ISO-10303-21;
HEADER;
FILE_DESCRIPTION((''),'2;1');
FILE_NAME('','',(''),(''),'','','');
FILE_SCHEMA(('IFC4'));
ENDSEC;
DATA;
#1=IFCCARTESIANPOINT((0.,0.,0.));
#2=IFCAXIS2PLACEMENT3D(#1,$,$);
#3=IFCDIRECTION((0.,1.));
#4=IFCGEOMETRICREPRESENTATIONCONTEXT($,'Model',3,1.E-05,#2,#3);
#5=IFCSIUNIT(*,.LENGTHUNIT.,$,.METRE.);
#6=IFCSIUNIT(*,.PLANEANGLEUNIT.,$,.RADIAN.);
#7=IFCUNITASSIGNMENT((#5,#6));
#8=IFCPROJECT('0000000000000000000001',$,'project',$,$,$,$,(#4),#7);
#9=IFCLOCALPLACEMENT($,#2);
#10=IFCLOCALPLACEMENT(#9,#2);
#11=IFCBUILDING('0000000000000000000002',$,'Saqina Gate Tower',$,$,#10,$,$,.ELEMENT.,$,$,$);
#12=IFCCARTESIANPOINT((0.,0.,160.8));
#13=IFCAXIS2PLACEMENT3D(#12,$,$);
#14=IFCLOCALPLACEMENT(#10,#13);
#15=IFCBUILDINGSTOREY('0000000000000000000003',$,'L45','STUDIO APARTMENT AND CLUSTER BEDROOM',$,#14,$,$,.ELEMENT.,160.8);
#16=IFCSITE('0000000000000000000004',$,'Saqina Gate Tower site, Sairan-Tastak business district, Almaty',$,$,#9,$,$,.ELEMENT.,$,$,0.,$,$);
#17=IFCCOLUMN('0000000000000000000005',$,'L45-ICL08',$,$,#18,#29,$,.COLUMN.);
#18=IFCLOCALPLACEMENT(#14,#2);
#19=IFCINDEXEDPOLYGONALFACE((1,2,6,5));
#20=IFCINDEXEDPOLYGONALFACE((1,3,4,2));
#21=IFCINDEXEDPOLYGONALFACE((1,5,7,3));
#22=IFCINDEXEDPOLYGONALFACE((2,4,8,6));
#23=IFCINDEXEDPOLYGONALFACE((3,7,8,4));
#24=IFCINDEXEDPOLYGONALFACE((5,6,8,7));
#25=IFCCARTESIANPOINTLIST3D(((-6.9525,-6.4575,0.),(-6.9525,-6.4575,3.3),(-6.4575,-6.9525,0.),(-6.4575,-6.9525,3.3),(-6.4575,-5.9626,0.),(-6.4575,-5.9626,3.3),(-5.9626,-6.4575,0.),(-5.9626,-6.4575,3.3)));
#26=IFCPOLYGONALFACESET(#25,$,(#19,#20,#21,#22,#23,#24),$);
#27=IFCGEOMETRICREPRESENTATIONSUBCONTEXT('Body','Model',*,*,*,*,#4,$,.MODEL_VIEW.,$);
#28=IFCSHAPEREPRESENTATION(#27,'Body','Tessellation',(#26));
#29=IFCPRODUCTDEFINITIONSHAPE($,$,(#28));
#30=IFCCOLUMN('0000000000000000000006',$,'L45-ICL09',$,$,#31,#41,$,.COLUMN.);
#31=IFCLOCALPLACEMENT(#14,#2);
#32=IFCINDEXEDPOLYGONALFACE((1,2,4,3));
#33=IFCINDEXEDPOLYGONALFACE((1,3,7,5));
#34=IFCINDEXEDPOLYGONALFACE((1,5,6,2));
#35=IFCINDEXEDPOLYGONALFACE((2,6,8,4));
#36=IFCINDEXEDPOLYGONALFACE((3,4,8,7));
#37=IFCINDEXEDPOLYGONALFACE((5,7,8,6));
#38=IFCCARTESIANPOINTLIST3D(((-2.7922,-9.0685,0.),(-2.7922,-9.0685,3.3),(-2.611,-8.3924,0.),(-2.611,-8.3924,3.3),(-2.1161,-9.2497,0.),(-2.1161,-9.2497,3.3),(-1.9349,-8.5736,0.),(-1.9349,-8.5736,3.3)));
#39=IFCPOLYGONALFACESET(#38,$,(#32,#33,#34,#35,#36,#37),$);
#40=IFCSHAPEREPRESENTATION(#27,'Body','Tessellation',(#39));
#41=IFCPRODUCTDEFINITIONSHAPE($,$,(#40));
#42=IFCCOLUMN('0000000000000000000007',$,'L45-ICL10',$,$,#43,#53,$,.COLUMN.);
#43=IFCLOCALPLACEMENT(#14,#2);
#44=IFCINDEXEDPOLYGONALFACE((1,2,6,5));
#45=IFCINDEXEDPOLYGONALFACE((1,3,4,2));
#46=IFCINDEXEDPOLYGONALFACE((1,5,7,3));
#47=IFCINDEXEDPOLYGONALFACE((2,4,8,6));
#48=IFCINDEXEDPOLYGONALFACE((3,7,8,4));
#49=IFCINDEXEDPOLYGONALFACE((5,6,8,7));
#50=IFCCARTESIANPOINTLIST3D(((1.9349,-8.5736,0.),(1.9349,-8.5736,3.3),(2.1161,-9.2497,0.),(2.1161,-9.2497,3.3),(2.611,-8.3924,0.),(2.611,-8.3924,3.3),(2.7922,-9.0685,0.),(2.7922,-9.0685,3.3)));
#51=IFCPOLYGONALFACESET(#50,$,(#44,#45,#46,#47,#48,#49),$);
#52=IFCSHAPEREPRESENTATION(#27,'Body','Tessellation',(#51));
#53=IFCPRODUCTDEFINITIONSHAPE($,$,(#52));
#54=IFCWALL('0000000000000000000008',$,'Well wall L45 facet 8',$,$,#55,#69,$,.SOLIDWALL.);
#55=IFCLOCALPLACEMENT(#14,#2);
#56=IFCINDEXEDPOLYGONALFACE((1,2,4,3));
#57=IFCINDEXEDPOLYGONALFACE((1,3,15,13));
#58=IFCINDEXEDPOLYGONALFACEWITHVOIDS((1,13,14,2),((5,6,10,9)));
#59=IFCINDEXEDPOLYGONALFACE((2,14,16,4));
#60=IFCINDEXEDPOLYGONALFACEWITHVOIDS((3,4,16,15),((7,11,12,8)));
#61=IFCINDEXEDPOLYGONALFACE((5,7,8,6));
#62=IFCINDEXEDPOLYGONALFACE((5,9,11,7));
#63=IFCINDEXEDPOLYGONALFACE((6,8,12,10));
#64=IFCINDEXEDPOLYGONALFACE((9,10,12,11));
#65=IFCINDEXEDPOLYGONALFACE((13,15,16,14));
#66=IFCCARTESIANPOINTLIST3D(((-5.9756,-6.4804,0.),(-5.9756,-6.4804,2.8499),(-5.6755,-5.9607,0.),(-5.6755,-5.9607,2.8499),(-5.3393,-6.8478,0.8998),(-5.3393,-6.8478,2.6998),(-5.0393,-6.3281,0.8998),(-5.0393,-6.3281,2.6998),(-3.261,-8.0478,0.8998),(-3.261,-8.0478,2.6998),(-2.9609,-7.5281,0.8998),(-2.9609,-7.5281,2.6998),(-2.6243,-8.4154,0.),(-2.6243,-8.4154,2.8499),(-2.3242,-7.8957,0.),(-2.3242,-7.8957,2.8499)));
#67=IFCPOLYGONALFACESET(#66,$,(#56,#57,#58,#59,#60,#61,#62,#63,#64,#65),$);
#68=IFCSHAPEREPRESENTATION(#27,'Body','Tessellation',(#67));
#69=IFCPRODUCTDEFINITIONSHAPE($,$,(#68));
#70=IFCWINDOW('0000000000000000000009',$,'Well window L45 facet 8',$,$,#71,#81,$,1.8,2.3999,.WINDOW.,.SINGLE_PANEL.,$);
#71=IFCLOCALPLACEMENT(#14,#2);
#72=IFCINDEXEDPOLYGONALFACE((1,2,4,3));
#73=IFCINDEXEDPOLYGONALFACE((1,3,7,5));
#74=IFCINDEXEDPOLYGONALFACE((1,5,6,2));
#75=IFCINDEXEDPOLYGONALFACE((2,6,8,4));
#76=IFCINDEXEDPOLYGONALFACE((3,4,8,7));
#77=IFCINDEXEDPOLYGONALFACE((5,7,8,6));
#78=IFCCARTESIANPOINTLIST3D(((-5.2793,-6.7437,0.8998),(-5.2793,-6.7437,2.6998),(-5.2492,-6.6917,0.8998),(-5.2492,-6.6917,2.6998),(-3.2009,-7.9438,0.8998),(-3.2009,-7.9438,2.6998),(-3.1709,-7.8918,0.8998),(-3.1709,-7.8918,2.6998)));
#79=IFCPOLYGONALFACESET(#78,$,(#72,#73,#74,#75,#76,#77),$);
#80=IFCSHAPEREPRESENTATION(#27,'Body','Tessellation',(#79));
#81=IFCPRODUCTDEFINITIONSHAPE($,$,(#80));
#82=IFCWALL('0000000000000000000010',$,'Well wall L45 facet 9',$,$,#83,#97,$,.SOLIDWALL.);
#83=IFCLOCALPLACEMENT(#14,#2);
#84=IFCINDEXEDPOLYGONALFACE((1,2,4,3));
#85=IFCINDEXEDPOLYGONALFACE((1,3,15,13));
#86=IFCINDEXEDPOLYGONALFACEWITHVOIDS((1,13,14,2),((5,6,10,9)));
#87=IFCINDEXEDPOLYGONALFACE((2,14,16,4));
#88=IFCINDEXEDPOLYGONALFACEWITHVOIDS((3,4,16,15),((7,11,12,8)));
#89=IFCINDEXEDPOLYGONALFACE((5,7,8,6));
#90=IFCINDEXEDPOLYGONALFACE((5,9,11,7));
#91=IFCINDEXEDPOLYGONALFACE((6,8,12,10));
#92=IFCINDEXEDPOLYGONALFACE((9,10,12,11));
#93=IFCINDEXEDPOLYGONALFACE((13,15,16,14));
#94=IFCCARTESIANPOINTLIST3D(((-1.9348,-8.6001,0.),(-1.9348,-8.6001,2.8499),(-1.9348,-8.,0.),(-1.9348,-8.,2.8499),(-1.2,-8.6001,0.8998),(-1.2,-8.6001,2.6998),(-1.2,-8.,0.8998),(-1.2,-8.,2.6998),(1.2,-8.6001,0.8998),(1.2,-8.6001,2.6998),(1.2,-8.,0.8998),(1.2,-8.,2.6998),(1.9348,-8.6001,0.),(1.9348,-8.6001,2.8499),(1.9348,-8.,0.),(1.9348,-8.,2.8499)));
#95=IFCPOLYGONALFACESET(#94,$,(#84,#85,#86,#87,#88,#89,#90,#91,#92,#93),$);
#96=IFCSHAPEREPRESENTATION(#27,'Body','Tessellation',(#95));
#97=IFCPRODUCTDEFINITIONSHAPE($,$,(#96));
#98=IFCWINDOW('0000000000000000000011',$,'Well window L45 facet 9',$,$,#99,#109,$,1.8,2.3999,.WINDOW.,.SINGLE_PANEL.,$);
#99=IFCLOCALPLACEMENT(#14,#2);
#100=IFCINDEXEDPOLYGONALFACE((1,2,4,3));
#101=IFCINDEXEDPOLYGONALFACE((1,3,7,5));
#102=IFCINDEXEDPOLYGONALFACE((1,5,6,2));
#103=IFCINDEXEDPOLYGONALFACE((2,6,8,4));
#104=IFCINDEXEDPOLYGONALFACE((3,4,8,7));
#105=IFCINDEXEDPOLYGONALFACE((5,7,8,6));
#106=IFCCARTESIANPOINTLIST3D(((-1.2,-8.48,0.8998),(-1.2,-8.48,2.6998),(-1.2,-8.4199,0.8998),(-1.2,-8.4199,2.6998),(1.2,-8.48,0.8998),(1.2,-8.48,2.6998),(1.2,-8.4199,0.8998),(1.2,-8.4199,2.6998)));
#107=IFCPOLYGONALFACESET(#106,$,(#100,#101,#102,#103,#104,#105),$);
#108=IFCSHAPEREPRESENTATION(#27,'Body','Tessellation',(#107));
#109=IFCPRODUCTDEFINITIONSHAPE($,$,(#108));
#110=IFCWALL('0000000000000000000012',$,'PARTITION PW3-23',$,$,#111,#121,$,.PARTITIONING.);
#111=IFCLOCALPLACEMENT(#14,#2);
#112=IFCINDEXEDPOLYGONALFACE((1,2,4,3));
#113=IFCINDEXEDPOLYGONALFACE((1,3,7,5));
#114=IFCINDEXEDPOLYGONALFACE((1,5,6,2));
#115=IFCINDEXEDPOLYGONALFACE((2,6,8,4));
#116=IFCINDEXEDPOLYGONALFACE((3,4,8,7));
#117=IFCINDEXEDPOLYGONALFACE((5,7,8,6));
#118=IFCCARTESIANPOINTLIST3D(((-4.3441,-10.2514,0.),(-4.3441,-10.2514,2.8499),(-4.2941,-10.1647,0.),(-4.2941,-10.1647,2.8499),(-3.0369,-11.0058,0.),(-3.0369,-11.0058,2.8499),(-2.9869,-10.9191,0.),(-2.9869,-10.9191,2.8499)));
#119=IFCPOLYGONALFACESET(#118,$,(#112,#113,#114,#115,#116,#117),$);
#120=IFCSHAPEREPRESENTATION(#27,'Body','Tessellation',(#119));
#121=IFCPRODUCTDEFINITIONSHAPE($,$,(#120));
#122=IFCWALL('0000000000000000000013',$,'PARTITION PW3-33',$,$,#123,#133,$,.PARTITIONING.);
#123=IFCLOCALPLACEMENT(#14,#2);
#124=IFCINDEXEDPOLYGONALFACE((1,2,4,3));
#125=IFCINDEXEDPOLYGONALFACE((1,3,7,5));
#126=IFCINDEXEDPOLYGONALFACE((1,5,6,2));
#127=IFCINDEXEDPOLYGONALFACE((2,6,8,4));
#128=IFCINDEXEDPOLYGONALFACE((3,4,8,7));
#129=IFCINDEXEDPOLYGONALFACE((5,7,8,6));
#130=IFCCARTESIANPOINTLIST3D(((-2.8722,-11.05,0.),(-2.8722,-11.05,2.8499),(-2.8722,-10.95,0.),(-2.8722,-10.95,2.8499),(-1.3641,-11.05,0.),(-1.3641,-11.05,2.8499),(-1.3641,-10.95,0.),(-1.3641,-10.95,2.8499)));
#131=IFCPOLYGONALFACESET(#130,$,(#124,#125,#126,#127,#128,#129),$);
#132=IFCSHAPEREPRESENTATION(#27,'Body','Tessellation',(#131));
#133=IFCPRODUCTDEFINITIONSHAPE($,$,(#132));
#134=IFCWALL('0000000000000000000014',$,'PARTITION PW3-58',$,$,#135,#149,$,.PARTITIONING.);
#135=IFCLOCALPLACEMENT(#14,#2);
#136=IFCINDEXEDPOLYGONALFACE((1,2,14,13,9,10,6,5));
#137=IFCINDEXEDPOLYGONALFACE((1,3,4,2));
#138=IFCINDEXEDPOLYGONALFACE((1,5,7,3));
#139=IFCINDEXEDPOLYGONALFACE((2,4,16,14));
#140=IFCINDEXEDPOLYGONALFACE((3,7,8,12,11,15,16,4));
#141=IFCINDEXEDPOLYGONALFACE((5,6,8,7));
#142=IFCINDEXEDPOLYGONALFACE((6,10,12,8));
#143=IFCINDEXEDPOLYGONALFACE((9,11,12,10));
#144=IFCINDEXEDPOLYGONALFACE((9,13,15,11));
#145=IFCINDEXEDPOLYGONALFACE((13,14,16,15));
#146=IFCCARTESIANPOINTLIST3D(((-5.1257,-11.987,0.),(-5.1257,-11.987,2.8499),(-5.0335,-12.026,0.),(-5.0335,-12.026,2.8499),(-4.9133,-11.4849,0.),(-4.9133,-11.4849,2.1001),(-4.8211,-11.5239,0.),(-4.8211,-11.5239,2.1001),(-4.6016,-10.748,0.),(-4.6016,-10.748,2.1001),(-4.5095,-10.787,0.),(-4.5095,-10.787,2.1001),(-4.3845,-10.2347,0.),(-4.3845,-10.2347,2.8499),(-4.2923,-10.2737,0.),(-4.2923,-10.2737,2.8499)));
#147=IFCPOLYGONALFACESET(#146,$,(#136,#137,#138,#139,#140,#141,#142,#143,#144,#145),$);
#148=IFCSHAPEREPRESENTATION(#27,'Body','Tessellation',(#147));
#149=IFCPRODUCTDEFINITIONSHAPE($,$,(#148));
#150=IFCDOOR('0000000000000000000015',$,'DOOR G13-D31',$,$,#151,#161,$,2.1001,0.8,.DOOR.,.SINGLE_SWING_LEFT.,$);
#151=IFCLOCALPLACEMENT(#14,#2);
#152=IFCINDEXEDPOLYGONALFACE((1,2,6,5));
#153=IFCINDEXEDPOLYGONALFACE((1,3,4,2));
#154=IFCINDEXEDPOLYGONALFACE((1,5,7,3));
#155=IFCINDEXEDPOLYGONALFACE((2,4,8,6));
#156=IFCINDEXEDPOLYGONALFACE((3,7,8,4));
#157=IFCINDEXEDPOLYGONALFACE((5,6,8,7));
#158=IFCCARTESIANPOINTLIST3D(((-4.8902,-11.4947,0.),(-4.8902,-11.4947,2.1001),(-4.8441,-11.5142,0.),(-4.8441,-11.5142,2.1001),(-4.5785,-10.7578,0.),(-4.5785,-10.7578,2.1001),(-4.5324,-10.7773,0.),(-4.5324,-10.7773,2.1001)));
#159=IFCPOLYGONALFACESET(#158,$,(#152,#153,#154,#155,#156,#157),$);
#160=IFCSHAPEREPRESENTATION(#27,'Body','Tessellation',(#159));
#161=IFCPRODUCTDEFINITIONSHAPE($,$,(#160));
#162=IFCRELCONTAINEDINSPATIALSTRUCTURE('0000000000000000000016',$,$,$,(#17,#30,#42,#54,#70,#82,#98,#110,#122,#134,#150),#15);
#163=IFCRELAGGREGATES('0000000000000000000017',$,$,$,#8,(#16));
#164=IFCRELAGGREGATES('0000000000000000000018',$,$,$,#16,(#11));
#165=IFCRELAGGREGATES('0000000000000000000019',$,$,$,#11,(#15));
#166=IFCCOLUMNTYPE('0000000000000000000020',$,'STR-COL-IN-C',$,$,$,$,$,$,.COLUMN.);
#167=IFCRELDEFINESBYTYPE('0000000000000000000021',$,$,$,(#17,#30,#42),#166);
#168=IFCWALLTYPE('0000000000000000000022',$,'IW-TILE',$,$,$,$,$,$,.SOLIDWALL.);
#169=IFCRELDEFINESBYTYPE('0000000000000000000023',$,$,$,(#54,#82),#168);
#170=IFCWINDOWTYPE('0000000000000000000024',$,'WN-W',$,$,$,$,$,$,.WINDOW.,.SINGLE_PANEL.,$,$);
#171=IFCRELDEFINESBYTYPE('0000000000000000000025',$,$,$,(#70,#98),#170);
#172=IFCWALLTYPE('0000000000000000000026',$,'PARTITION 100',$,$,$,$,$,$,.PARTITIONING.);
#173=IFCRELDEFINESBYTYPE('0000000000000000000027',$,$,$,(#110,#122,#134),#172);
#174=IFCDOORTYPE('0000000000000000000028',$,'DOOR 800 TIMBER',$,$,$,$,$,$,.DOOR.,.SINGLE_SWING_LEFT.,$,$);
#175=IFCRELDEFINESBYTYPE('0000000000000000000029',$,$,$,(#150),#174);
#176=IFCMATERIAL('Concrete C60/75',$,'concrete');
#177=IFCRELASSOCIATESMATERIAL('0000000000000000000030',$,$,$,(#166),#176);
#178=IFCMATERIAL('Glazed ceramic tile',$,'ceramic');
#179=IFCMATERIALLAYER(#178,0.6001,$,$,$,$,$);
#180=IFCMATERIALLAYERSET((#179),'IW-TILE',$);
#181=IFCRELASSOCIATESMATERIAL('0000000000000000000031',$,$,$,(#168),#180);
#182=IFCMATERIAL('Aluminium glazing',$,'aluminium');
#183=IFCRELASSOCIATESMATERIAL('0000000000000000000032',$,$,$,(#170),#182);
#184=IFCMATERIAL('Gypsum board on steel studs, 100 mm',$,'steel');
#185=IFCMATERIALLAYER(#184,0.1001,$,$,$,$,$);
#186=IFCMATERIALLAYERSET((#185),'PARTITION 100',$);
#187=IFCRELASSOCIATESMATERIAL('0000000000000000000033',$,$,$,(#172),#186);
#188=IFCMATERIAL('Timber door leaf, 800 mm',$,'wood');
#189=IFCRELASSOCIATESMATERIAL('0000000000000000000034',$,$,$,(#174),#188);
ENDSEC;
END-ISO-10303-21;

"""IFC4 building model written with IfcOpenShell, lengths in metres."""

from ifc_helpers import new_model, si_unit, direction, frame, frame_2d, origin, origin_2d, place, context, subcontext, project, spatial, rectangle, extrude, material, layer, layer_set, material_profile, profile_set, type_object, element, fill, save


model = new_model("IFC4")

# Units and contexts
model_context = context("Model", 3, precision=1e-05, world=origin(), true_north=direction((0.0, 1.0)))
body_context = subcontext(model_context, "Body", "Model", "MODEL_VIEW")
ifc_project = project(units=[si_unit("LENGTHUNIT", "METRE"), si_unit("PLANEANGLEUNIT", "RADIAN")], contexts=[model_context])

# Site, building, storey
site_placement = place(None, origin())
site = spatial("IfcSite", under=ifc_project, at=site_placement, Name="Saqina Gate Tower site, Sairan-Tastak business district, Almaty", CompositionType="ELEMENT", RefElevation=0.0)
building_placement = place(site_placement, origin())
building = spatial("IfcBuilding", under=site, at=building_placement, Name="Saqina Gate Tower", CompositionType="ELEMENT")
storey_placement = place(building_placement, frame((0.0, 0.0, 160.8)))
storey = spatial("IfcBuildingStorey", under=building, at=storey_placement, Name="L45", Description="STUDIO APARTMENT AND CLUSTER BEDROOM", CompositionType="ELEMENT", Elevation=160.8)

# Columns
ifc_material_1 = material(Name="Concrete C60/75", Category="concrete")
ifc_material_profile = material_profile(ifc_material_1, rectangle(XDim=0.7, YDim=0.7, at=origin_2d()), Name="RC 700x700")
ifc_profile_set = profile_set([ifc_material_profile], Name="Concrete C60/75")
column_type = type_object("IfcColumnType", Name="STR-COL-IN-C", PredefinedType="COLUMN", material=ifc_profile_set)
for number, where, z_axis, x_axis, name in (
    (1, (-6.4575, -6.4575, 0.0), (0.0, 0.0, 1.0), (-0.707107, -0.707107, 0.0), "L45-ICL08"),
    (2, (-2.3635, -8.821, 0.0), (0.0, 0.0, 1.0), (-0.258819, -0.965926, 0.0), "L45-ICL09"),
    (3, (2.3635, -8.821, 0.0), (0.0, 0.0, 1.0), (0.258819, -0.965926, 0.0), "L45-ICL10"),
):
    element("IfcColumn", number, at=place(storey_placement, frame(where, z_axis=z_axis, x_axis=x_axis)), inside=storey, type_object=column_type, Name=name, PredefinedType="COLUMN", context=body_context, shape_type="SweptSolid", body=[
        extrude(rectangle(XDim=0.7, YDim=0.7, at=origin_2d()), origin(), (0.0, 0.0, 1.0), 3.3),
    ])

# Walls, openings, windows
ifc_material_2 = material(Name="Glazed ceramic tile", Category="ceramic")
ifc_layer_1 = layer(ifc_material_2, 0.6001)
ifc_layer_set_1 = layer_set([ifc_layer_1], Name="IW-TILE")
wall_type_1 = type_object("IfcWallType", Name="IW-TILE", PredefinedType="SOLIDWALL", material=ifc_layer_set_1)
wall_1_placement = place(storey_placement, frame((-5.8257, -6.2205, 0.0), z_axis=(0.0, 0.0, 1.0), x_axis=(0.866006, -0.500034, 0.0)))
wall_1 = element("IfcWall", 4, at=wall_1_placement, inside=storey, type_object=wall_type_1, Name="Well wall L45 facet 8", PredefinedType="SOLIDWALL", context=body_context, shape_type="SweptSolid", body=[
    extrude(rectangle(XDim=3.8699, YDim=0.6001, at=frame_2d((1.9351, 0.0))), origin(), (0.0, 0.0, 1.0), 2.8499),
])
opening_1_placement = place(wall_1_placement, frame((0.7349, 0.0, 0.8999)))
opening_1 = element("IfcOpeningElement", 5, at=opening_1_placement, cuts=wall_1, PredefinedType="OPENING", context=body_context, shape_type="SweptSolid", body=[
    extrude(rectangle(XDim=2.3999, YDim=1.8, at=frame_2d((1.2, 0.8999))), frame((0.0, 0.312, 0.0), z_axis=(0.0, -1.0, 0.0), x_axis=(1.0, 0.0, 0.0)), (0.0, 0.0, 1.0), 0.624),
])
ifc_material_3 = material(Name="Aluminium glazing", Category="aluminium")
window_type = type_object("IfcWindowType", Name="WN-W", PartitioningType="SINGLE_PANEL", PredefinedType="WINDOW", material=ifc_material_3)
window_1_placement = place(opening_1_placement, origin())
window_1 = element("IfcWindow", 6, at=window_1_placement, inside=storey, type_object=window_type, Name="Well window L45 facet 8", OverallHeight=1.8, OverallWidth=2.3999, PartitioningType="SINGLE_PANEL", PredefinedType="WINDOW", context=body_context, shape_type="SweptSolid", body=[
    extrude(rectangle(XDim=2.3999, YDim=1.8, at=frame_2d((1.2, 0.8999))), frame((0.0, -0.1199, 0.0), z_axis=(0.0, -1.0, 0.0), x_axis=(1.0, 0.0, 0.0)), (0.0, 0.0, 1.0), 0.0601),
])
fill(opening_1, window_1)
wall_2_placement = place(storey_placement, frame((-1.9348, -8.3, 0.0), z_axis=(0.0, 0.0, 1.0), x_axis=(1.0, 0.0, 0.0)))
wall_2 = element("IfcWall", 7, at=wall_2_placement, inside=storey, type_object=wall_type_1, Name="Well wall L45 facet 9", PredefinedType="SOLIDWALL", context=body_context, shape_type="SweptSolid", body=[
    extrude(rectangle(XDim=3.8696, YDim=0.6001, at=frame_2d((1.9348, 0.0))), origin(), (0.0, 0.0, 1.0), 2.8499),
])
opening_2_placement = place(wall_2_placement, frame((0.7349, 0.0, 0.8999)))
opening_2 = element("IfcOpeningElement", 8, at=opening_2_placement, cuts=wall_2, PredefinedType="OPENING", context=body_context, shape_type="SweptSolid", body=[
    extrude(rectangle(XDim=2.3999, YDim=1.8, at=frame_2d((1.2, 0.8999))), frame((0.0, 0.312, 0.0), z_axis=(0.0, -1.0, 0.0), x_axis=(1.0, 0.0, 0.0)), (0.0, 0.0, 1.0), 0.624),
])
window_2_placement = place(opening_2_placement, origin())
window_2 = element("IfcWindow", 9, at=window_2_placement, inside=storey, type_object=window_type, Name="Well window L45 facet 9", OverallHeight=1.8, OverallWidth=2.3999, PartitioningType="SINGLE_PANEL", PredefinedType="WINDOW", context=body_context, shape_type="SweptSolid", body=[
    extrude(rectangle(XDim=2.3999, YDim=1.8, at=frame_2d((1.2, 0.8999))), frame((0.0, -0.1199, 0.0), z_axis=(0.0, -1.0, 0.0), x_axis=(1.0, 0.0, 0.0)), (0.0, 0.0, 1.0), 0.0601),
])
fill(opening_2, window_2)

# Walls
ifc_material_4 = material(Name="Gypsum board on steel studs, 100 mm", Category="steel")
ifc_layer_2 = layer(ifc_material_4, 0.1001)
ifc_layer_set_2 = layer_set([ifc_layer_2], Name="PARTITION 100")
wall_type_2 = type_object("IfcWallType", Name="PARTITION 100", PredefinedType="PARTITIONING", material=ifc_layer_set_2)
wall_3_placement = place(storey_placement, frame((-4.3191, -10.208, 0.0), z_axis=(0.0, 0.0, 1.0), x_axis=(0.866105, -0.499862, 0.0)))
element("IfcWall", 10, at=wall_3_placement, inside=storey, type_object=wall_type_2, Name="PARTITION PW3-23", PredefinedType="PARTITIONING", context=body_context, shape_type="SweptSolid", body=[
    extrude(rectangle(XDim=1.5093, YDim=0.1001, at=frame_2d((0.7546, 0.0))), origin(), (0.0, 0.0, 1.0), 2.8499),
])
wall_4_placement = place(storey_placement, frame((-2.8721, -11.0, 0.0), z_axis=(0.0, 0.0, 1.0), x_axis=(1.0, 0.0, 0.0)))
element("IfcWall", 11, at=wall_4_placement, inside=storey, type_object=wall_type_2, Name="PARTITION PW3-33", PredefinedType="PARTITIONING", context=body_context, shape_type="SweptSolid", body=[
    extrude(rectangle(XDim=1.5081, YDim=0.1001, at=frame_2d((0.7539, 0.0))), origin(), (0.0, 0.0, 1.0), 2.8499),
])

# Wall, opening, door
wall_5_placement = place(storey_placement, frame((-5.0796, -12.0063, 0.0), z_axis=(0.0, 0.0, 1.0), x_axis=(0.389594, 0.920987, 0.0)))
wall_5 = element("IfcWall", 12, at=wall_5_placement, inside=storey, type_object=wall_type_2, Name="PARTITION PW3-58", PredefinedType="PARTITIONING", context=body_context, shape_type="SweptSolid", body=[
    extrude(rectangle(XDim=1.9026, YDim=0.1001, at=frame_2d((0.9512, 0.0))), origin(), (0.0, 0.0, 1.0), 2.8499),
])
opening_3_placement = place(wall_5_placement, frame((0.5452, 0.0, 0.0)))
opening_3 = element("IfcOpeningElement", 13, at=opening_3_placement, cuts=wall_5, PredefinedType="OPENING", context=body_context, shape_type="SweptSolid", body=[
    extrude(rectangle(XDim=0.8, YDim=2.1001, at=frame_2d((0.3999, 1.05))), frame((0.0, 0.062, 0.0), z_axis=(0.0, -1.0, 0.0), x_axis=(1.0, 0.0, 0.0)), (0.0, 0.0, 1.0), 0.124),
])
ifc_material_5 = material(Name="Timber door leaf, 800 mm", Category="wood")
door_type_1 = type_object("IfcDoorType", Name="DOOR 800 TIMBER", OperationType="SINGLE_SWING_LEFT", PredefinedType="DOOR", material=ifc_material_5)
door_1_placement = place(opening_3_placement, origin())
door_1 = element("IfcDoor", 14, at=door_1_placement, inside=storey, type_object=door_type_1, Name="DOOR G13-D31", OperationType="SINGLE_SWING_LEFT", OverallHeight=2.1001, OverallWidth=0.8, PredefinedType="DOOR", context=body_context, shape_type="SweptSolid", body=[
    extrude(rectangle(XDim=0.8, YDim=2.1001, at=frame_2d((0.3999, 1.05))), frame((0.0, 0.0249, 0.0), z_axis=(0.0, -1.0, 0.0), x_axis=(1.0, 0.0, 0.0)), (0.0, 0.0, 1.0), 0.05),
])
fill(opening_3, door_1)

save(model, "model.ifc")
